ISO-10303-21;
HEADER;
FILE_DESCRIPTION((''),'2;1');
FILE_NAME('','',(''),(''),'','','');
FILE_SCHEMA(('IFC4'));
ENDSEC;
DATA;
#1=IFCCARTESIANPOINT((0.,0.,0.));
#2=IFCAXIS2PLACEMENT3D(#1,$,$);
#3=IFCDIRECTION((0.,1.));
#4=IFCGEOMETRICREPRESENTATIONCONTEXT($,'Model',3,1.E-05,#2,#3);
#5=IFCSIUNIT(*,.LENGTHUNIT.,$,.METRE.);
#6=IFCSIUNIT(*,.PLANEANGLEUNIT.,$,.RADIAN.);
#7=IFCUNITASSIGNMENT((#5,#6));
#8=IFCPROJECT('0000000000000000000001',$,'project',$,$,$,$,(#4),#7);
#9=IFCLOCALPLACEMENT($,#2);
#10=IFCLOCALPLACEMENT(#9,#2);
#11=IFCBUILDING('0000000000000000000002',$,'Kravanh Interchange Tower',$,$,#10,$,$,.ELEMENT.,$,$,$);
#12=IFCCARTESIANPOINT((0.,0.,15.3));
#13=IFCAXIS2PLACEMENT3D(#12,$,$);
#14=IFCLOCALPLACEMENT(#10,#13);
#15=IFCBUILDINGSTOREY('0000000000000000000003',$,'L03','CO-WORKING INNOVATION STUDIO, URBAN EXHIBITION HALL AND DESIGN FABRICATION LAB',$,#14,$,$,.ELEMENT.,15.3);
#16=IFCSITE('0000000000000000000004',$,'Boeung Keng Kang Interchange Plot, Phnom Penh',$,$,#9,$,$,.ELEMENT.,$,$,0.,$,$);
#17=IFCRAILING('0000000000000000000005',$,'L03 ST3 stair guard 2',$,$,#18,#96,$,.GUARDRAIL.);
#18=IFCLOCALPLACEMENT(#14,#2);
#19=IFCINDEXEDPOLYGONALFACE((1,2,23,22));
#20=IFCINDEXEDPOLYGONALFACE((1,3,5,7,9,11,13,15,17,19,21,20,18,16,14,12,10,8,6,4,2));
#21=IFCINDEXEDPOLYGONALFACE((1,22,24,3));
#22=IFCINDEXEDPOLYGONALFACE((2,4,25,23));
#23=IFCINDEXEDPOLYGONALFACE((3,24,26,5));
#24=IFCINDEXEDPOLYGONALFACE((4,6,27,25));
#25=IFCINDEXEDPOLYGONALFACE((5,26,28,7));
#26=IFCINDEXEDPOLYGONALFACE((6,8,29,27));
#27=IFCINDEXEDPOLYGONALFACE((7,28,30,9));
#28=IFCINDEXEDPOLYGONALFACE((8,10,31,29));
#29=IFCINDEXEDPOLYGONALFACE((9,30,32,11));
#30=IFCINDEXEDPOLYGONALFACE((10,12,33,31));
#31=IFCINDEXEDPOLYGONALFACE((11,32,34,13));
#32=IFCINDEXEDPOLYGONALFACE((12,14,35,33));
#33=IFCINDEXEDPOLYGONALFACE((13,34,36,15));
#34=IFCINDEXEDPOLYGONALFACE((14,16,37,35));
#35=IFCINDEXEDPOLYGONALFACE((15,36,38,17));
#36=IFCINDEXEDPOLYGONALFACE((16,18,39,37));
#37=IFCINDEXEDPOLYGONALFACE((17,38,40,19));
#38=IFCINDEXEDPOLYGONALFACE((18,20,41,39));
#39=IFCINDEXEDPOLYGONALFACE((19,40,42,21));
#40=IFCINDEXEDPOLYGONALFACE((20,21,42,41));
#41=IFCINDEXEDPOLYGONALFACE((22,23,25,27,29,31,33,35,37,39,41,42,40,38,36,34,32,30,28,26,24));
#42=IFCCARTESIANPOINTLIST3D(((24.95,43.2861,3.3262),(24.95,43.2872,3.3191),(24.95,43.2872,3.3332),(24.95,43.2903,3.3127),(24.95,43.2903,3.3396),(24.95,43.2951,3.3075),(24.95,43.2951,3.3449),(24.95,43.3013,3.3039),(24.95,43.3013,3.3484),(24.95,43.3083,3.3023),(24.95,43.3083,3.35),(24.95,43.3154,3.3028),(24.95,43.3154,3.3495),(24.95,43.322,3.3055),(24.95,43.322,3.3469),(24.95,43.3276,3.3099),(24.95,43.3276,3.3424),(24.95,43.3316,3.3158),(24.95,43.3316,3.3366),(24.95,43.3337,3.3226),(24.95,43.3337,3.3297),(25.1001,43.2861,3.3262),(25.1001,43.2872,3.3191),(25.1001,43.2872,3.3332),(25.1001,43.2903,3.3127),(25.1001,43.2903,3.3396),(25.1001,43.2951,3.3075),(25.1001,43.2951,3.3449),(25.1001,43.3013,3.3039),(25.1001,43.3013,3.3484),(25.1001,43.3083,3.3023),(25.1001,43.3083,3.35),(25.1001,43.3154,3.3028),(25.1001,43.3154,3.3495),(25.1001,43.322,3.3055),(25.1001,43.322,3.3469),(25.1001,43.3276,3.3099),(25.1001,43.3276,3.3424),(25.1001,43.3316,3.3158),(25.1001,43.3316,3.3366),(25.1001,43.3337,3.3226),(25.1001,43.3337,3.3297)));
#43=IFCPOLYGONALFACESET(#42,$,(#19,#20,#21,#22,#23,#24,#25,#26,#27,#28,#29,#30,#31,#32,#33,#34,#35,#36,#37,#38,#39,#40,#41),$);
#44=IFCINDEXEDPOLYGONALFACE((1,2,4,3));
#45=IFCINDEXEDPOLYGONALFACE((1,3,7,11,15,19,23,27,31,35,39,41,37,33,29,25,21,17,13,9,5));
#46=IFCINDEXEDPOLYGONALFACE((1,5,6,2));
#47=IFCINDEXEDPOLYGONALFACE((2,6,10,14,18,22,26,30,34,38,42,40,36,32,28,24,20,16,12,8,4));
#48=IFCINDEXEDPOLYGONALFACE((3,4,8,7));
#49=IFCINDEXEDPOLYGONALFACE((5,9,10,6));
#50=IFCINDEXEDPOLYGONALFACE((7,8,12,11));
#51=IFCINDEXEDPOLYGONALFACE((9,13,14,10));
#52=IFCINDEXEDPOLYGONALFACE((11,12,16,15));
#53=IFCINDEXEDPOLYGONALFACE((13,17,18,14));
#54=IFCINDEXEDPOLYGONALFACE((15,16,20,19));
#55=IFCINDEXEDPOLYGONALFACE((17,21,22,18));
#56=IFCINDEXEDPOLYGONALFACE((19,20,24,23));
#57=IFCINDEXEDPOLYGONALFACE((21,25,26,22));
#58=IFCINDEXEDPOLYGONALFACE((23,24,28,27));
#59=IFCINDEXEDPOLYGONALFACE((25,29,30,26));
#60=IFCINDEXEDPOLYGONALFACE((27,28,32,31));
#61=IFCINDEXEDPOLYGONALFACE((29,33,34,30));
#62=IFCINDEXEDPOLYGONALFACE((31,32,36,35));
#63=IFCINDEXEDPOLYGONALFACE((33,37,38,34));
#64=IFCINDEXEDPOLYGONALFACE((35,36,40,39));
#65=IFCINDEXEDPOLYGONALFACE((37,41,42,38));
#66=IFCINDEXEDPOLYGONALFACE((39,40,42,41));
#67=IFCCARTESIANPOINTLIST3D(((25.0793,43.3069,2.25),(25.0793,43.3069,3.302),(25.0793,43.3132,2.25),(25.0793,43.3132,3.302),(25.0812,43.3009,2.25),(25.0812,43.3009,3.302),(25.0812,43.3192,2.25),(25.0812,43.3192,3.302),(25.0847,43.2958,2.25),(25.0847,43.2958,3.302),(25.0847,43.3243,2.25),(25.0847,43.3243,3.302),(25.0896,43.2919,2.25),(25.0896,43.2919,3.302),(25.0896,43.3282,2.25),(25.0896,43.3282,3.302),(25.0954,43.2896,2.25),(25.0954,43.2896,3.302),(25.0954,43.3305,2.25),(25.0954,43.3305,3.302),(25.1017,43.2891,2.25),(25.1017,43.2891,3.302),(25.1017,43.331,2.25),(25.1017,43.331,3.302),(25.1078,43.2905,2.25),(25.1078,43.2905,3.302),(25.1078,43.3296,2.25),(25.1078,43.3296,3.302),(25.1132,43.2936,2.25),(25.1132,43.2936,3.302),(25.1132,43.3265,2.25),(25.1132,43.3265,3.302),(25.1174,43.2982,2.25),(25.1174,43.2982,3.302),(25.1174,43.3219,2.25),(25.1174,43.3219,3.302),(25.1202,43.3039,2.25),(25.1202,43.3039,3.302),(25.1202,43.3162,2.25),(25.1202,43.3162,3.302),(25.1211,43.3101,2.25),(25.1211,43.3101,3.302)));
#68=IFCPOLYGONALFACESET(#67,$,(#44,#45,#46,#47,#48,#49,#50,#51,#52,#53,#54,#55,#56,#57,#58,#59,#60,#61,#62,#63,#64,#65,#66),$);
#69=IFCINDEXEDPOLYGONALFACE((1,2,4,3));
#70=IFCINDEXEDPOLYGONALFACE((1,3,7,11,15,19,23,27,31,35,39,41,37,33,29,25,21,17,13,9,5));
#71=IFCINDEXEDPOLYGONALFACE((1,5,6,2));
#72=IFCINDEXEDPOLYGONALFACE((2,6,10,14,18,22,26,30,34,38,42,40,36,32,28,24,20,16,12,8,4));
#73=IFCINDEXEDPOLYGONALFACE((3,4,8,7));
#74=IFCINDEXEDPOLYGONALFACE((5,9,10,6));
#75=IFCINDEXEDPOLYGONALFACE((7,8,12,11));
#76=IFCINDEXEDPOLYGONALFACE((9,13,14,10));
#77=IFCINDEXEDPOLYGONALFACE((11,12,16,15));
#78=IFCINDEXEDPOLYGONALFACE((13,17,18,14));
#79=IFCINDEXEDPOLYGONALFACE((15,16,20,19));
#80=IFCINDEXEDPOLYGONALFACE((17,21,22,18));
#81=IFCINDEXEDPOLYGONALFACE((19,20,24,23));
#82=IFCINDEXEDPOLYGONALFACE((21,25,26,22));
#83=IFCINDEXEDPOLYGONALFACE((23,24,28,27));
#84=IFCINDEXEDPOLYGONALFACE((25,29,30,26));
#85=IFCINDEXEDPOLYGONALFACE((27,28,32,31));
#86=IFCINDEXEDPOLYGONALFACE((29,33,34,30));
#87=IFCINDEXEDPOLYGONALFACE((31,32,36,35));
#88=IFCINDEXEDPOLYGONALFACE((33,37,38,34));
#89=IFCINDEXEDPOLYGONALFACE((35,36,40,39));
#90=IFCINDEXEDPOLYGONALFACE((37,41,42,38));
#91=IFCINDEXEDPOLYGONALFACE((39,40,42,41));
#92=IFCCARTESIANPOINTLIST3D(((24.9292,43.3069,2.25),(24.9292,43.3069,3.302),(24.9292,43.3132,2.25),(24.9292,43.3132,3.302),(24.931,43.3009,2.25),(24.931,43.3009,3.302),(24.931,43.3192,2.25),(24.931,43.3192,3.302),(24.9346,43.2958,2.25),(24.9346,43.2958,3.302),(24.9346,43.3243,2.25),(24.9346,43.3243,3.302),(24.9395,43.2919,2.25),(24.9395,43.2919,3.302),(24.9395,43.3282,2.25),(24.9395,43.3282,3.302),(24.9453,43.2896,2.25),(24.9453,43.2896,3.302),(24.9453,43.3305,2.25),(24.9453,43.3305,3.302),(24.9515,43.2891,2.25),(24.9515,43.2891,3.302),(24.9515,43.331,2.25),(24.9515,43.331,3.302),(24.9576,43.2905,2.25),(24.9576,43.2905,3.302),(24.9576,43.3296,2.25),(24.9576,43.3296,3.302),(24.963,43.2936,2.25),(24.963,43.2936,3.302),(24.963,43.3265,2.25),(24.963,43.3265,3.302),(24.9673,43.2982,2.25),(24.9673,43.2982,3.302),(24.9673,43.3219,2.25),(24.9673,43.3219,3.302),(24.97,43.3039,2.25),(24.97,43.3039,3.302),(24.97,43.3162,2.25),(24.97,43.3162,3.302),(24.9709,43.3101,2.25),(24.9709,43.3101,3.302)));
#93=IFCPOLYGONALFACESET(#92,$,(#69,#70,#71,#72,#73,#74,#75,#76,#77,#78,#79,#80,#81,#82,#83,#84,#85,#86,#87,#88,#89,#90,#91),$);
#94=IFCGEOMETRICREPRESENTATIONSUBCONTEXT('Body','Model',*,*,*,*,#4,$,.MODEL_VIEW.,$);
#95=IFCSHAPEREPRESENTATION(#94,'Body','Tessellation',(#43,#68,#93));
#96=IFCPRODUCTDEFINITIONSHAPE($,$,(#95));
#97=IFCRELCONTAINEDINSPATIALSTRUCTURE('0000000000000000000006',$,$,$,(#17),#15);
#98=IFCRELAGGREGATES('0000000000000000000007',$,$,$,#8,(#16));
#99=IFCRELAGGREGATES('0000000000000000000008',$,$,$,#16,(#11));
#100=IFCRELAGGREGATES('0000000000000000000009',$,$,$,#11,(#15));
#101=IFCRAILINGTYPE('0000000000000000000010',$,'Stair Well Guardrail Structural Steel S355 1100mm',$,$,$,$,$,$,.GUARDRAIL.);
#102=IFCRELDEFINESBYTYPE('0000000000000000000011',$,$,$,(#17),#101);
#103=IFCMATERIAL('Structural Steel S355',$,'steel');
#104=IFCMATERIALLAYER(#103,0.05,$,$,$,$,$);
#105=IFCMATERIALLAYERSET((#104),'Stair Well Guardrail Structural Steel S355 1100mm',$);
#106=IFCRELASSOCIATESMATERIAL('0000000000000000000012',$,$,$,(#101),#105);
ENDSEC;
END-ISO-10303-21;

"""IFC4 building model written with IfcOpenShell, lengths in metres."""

from ifc_helpers import new_model, si_unit, direction, frame, origin, origin_2d, place, context, subcontext, project, spatial, circle, extrude, material, layer, layer_set, type_object, element, save


model = new_model("IFC4")

# Units and contexts
model_context = context("Model", 3, precision=1e-05, world=origin(), true_north=direction((0.0, 1.0)))
body_context = subcontext(model_context, "Body", "Model", "MODEL_VIEW")
ifc_project = project(units=[si_unit("LENGTHUNIT", "METRE"), si_unit("PLANEANGLEUNIT", "RADIAN")], contexts=[model_context])

# Site, building, storey
site_placement = place(None, origin())
site = spatial("IfcSite", under=ifc_project, at=site_placement, Name="Boeung Keng Kang Interchange Plot, Phnom Penh", CompositionType="ELEMENT", RefElevation=0.0)
building_placement = place(site_placement, origin())
building = spatial("IfcBuilding", under=site, at=building_placement, Name="Kravanh Interchange Tower", CompositionType="ELEMENT")
storey_placement = place(building_placement, frame((0.0, 0.0, 15.3)))
storey = spatial("IfcBuildingStorey", under=building, at=storey_placement, Name="L03", Description="CO-WORKING INNOVATION STUDIO, URBAN EXHIBITION HALL AND DESIGN FABRICATION LAB", CompositionType="ELEMENT", Elevation=15.3)

# Railing
ifc_material_1 = material(Name="Structural Steel S355", Category="steel")
ifc_layer_1 = layer(ifc_material_1, 0.05)
ifc_layer_set_1 = layer_set([ifc_layer_1], Name="Stair Well Guardrail Structural Steel S355 1100mm")
railing_type_1 = type_object("IfcRailingType", Name="Stair Well Guardrail Structural Steel S355 1100mm", PredefinedType="GUARDRAIL", material=ifc_layer_set_1)
railing_1_placement = place(storey_placement, frame((25.1001, 43.3101, 2.25)))
element("IfcRailing", 1, at=railing_1_placement, inside=storey, type_object=railing_type_1, Name="L03 ST3 stair guard 2", PredefinedType="GUARDRAIL", context=body_context, shape_type="SweptSolid", body=[
    extrude(circle(Radius=0.0239, at=origin_2d()), frame((0.0, 0.0, 1.0762), z_axis=(-1.0, 0.0, 0.0), x_axis=(0.0, -1.0, 0.0)), (0.0, 0.0, 1.0), 0.1501),
    extrude(circle(Radius=0.021, at=origin_2d()), origin(), (0.0, 0.0, 1.0), 1.052),
    extrude(circle(Radius=0.021, at=origin_2d()), frame((-0.1501, 0.0, 0.0)), (0.0, 0.0, 1.0), 1.052),
])

save(model, "model.ifc")
